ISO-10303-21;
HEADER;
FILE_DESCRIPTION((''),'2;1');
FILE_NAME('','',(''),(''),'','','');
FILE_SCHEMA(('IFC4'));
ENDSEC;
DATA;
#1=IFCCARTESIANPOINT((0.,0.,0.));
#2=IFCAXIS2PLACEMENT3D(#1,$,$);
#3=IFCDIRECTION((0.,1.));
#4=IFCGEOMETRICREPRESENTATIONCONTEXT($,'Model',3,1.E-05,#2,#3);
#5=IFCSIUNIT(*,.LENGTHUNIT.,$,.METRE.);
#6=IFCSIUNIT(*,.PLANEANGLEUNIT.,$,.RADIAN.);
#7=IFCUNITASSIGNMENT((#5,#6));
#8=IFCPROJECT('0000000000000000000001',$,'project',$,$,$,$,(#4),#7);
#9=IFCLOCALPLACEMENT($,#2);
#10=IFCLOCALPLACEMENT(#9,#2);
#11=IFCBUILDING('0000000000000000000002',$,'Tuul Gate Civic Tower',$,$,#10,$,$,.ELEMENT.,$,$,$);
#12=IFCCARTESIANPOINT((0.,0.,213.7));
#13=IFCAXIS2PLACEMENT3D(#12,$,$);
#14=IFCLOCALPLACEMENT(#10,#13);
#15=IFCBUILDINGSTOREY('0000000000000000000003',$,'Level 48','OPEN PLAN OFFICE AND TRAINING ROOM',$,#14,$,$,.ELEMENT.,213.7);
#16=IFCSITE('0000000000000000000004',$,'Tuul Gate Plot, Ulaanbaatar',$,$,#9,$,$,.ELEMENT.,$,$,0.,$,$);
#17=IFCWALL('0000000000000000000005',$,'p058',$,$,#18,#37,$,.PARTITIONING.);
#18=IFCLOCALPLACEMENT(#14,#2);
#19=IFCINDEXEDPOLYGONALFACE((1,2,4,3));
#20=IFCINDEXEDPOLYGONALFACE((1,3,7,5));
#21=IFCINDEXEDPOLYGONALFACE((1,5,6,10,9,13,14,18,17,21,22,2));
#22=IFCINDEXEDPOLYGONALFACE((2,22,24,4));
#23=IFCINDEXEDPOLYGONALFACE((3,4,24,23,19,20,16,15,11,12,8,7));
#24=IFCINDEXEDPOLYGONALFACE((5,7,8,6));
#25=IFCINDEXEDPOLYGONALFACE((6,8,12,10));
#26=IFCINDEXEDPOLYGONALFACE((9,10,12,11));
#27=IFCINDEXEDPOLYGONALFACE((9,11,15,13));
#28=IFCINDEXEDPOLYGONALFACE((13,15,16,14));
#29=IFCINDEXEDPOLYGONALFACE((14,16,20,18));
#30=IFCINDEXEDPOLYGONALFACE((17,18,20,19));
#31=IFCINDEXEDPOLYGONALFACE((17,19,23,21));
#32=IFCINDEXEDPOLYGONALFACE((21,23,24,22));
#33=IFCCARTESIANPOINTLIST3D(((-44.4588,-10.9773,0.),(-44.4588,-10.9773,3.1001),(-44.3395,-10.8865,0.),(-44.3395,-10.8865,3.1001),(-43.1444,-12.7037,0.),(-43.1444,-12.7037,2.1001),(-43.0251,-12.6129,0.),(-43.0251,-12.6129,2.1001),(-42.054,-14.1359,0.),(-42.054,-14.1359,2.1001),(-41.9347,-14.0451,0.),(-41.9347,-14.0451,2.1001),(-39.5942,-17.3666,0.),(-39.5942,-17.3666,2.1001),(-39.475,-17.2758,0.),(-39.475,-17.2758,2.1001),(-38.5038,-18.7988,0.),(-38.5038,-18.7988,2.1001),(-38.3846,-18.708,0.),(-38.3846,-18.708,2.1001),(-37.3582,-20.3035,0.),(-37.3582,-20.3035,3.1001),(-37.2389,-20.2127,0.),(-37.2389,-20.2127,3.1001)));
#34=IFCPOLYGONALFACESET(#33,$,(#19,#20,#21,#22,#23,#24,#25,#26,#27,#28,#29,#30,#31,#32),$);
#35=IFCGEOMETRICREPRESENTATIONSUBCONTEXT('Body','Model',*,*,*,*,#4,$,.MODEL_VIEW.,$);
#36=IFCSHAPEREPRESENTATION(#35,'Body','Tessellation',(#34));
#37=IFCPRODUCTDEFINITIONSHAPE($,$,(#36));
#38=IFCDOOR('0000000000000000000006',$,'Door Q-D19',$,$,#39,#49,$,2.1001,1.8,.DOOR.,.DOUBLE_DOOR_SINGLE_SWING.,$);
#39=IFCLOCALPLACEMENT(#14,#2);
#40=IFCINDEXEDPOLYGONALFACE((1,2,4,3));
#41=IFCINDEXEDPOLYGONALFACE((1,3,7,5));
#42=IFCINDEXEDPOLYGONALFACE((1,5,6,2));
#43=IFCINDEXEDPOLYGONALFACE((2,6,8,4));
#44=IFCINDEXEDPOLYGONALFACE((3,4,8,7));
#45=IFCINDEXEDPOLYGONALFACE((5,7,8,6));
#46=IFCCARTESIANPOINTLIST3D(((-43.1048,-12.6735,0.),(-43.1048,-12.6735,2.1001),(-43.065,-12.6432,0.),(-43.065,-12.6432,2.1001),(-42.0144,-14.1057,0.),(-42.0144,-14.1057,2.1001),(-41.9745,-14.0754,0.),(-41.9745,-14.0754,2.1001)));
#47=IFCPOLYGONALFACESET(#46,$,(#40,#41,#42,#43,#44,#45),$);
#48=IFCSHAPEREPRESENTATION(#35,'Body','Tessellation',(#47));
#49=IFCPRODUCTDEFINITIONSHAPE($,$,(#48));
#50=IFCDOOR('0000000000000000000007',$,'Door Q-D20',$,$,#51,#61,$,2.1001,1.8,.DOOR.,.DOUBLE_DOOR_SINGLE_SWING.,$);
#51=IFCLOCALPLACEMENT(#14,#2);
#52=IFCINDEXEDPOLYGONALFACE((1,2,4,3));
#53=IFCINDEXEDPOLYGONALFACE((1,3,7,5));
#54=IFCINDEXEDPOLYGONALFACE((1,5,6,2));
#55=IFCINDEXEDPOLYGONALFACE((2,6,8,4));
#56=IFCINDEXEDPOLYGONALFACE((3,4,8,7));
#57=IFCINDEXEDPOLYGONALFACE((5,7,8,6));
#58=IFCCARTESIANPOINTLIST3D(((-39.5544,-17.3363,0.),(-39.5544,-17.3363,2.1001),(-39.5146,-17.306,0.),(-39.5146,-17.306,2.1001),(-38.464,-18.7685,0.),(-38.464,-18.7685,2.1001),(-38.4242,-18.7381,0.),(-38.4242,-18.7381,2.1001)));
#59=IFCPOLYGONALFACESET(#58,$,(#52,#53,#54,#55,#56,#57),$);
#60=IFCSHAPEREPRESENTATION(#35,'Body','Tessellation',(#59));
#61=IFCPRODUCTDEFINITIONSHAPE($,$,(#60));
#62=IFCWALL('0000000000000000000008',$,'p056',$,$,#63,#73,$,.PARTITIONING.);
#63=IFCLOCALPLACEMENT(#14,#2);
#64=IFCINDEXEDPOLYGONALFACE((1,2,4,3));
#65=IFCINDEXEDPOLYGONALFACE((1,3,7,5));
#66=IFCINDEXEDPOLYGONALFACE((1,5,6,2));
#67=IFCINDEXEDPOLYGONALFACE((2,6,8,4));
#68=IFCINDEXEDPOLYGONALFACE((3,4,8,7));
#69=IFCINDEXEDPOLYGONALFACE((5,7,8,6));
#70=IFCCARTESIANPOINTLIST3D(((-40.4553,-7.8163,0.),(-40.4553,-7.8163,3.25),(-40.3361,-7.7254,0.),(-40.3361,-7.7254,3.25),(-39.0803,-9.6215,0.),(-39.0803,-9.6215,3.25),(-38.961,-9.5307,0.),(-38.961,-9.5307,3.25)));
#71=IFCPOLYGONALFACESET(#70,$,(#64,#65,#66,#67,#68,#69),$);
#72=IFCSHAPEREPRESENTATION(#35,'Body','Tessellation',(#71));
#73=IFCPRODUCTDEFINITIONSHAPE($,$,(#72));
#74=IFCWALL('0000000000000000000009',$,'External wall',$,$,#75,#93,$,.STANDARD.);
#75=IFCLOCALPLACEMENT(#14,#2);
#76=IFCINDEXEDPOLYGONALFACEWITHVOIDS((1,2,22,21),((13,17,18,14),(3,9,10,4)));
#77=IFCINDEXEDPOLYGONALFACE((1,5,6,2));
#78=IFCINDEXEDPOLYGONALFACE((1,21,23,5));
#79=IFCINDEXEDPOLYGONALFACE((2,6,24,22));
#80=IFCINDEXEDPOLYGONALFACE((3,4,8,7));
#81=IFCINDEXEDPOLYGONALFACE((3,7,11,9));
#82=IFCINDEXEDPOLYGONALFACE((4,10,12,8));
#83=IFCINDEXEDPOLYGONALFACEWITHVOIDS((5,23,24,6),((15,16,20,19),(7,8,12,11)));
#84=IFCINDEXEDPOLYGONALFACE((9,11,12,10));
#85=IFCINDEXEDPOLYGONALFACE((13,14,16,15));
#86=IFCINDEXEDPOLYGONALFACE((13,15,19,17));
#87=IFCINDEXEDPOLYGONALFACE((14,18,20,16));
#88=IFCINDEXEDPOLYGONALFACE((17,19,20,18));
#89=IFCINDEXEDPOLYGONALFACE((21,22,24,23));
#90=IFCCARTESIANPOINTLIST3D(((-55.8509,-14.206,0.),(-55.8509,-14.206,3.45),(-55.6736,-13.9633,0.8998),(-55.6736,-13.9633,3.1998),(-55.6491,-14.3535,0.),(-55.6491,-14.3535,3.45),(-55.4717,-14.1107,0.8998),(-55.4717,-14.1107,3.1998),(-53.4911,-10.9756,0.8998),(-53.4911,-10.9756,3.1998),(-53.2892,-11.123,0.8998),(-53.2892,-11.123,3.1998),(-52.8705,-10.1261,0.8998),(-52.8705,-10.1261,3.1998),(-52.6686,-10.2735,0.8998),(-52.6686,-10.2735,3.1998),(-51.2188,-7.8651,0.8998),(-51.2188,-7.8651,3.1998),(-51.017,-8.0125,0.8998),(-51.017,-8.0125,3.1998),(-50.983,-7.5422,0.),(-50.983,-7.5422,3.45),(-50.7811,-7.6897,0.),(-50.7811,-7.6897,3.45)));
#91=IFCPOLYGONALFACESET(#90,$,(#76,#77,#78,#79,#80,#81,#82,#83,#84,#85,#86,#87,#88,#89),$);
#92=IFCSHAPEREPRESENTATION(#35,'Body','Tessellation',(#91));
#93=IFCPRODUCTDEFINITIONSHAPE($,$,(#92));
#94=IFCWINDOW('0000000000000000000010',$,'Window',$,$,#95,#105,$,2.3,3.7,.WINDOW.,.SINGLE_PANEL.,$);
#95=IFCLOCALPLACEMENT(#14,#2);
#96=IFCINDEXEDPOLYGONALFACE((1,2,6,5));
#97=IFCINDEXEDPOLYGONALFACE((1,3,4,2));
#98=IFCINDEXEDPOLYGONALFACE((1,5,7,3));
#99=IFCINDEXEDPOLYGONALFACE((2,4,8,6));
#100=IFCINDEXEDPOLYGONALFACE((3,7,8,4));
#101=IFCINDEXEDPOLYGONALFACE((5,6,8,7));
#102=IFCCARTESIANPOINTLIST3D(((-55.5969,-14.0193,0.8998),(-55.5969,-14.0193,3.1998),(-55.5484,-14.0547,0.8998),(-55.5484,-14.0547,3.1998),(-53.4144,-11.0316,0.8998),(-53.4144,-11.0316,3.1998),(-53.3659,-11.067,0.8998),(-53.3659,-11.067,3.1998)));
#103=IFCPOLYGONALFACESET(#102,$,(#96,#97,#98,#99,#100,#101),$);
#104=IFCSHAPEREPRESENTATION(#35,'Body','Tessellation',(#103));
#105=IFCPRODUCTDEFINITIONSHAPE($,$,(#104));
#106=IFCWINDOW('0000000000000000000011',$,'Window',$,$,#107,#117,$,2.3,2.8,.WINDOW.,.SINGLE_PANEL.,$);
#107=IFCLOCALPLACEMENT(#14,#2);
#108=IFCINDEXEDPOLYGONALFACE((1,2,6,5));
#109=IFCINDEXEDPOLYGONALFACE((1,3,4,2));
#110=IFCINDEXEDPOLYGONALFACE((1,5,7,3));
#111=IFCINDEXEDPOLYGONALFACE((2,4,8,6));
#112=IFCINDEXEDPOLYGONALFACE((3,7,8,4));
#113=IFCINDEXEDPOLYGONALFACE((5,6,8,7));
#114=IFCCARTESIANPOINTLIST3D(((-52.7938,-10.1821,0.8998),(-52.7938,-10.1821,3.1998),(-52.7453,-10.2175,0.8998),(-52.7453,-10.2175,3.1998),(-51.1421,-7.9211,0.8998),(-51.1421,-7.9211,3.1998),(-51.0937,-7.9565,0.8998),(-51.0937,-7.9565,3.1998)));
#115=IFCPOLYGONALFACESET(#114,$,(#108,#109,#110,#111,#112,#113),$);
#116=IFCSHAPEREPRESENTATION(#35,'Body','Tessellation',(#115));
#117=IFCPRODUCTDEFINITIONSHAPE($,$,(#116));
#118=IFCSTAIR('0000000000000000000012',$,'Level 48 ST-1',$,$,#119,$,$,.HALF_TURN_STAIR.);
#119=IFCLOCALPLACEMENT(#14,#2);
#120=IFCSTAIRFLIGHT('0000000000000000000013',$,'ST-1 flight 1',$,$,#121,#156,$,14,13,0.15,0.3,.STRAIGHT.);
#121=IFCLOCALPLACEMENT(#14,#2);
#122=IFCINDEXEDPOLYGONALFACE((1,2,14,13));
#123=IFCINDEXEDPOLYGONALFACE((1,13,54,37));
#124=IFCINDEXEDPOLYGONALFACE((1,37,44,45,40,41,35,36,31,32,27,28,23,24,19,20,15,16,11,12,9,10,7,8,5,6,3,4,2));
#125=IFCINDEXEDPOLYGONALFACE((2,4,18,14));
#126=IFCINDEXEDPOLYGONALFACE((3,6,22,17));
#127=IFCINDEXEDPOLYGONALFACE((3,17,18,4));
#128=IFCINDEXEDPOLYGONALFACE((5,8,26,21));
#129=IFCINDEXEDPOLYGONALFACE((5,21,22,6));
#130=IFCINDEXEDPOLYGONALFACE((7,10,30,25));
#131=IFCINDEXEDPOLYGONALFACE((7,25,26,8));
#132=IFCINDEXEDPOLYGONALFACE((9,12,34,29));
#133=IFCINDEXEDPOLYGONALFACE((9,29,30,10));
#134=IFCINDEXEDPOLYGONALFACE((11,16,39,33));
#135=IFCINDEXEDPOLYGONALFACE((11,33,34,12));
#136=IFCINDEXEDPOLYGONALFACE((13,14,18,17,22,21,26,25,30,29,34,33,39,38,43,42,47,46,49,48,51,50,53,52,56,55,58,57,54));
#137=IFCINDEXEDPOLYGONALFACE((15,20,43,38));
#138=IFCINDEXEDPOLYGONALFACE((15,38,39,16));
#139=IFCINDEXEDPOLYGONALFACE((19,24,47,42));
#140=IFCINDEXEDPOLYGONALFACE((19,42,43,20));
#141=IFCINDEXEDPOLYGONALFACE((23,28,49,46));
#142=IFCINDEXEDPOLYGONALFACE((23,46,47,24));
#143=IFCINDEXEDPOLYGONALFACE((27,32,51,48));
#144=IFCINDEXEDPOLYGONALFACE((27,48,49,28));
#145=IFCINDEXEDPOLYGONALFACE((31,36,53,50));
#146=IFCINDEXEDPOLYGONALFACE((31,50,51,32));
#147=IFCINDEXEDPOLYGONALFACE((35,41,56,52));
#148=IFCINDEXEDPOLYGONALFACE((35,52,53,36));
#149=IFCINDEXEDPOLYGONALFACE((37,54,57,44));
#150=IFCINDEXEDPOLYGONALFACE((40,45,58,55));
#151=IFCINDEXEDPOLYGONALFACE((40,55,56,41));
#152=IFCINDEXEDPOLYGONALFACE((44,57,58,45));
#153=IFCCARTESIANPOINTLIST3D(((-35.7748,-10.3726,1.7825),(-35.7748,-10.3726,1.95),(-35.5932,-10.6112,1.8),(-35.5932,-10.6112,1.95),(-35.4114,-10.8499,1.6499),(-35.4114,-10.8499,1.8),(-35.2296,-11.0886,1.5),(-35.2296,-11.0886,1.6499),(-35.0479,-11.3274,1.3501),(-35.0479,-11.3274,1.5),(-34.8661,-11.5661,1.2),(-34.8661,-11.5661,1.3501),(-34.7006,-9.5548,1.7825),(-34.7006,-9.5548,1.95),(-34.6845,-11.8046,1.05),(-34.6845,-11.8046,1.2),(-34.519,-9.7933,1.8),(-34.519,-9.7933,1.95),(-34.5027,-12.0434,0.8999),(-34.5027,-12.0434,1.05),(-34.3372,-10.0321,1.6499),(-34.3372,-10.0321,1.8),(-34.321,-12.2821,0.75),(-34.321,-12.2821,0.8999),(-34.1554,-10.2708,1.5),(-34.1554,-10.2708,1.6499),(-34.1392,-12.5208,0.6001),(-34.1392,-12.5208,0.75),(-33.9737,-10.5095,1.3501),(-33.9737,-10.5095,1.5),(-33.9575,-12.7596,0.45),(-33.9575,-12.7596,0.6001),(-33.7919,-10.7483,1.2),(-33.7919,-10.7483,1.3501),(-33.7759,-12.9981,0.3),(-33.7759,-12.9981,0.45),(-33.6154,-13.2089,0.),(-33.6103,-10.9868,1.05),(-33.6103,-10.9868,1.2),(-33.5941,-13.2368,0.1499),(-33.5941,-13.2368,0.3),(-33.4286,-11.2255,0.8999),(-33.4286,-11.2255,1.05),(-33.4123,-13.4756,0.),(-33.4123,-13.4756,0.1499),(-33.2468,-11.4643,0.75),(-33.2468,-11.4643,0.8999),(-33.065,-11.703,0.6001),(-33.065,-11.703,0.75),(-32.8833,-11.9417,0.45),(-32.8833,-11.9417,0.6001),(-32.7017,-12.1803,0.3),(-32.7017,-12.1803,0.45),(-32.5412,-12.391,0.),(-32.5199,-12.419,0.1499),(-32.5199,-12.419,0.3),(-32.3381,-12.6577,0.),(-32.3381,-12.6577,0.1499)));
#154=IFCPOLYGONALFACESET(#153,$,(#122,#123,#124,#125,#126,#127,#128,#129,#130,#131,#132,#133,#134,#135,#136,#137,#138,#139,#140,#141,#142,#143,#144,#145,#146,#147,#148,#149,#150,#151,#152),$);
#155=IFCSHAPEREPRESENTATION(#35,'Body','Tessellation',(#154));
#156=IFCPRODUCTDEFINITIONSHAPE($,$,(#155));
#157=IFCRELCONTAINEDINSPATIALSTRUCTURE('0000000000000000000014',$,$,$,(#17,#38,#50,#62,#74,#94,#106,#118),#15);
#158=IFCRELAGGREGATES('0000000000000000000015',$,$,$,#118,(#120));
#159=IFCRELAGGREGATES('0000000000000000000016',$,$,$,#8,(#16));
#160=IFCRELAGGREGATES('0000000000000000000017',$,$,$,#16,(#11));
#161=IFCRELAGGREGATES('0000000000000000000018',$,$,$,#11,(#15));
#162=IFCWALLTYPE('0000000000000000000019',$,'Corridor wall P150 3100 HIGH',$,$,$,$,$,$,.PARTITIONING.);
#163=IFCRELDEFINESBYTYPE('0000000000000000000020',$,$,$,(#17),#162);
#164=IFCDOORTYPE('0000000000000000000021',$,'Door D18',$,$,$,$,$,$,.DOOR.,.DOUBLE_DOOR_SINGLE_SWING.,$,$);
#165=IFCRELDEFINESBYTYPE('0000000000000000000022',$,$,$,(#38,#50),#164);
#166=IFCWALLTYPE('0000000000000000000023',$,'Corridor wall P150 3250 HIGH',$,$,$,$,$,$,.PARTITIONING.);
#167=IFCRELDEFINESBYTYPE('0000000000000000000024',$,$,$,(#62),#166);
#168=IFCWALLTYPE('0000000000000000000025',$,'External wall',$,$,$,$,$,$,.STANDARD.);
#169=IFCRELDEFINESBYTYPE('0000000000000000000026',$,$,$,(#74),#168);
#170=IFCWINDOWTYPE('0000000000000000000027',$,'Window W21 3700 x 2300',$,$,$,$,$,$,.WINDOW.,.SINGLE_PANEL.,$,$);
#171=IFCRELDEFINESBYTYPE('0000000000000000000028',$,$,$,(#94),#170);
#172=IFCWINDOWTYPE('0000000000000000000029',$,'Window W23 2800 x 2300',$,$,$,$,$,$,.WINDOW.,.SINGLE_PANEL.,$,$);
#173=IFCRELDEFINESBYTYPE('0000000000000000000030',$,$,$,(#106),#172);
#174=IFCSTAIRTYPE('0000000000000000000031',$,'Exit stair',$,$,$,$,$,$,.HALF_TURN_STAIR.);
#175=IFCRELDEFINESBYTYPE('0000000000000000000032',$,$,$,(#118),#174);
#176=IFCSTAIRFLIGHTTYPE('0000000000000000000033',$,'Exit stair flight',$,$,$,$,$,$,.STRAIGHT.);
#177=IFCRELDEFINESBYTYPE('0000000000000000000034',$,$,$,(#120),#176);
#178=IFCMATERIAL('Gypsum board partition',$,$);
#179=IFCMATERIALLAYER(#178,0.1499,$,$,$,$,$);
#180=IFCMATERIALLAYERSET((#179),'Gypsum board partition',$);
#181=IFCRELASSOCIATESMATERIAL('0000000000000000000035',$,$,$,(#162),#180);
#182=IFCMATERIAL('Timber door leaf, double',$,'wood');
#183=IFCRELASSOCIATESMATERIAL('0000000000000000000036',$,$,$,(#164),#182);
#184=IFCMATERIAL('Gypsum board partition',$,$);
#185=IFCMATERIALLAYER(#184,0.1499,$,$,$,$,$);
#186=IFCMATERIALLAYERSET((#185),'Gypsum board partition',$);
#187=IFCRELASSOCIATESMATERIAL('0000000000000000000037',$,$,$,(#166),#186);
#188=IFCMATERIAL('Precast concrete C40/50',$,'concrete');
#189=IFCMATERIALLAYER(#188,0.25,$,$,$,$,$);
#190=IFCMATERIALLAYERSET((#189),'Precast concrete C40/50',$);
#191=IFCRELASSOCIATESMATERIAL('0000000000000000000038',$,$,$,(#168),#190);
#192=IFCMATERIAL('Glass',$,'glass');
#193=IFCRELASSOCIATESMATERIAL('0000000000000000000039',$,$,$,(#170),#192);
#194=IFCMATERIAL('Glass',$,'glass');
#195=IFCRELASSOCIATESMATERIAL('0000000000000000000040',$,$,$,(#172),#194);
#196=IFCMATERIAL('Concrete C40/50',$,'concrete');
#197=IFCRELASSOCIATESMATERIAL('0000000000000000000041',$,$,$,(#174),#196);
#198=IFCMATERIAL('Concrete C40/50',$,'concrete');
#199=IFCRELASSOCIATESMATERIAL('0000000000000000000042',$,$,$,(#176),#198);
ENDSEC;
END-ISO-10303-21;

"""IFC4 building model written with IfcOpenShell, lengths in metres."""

from ifc_helpers import new_model, si_unit, direction, frame, frame_2d, origin, place, context, subcontext, project, spatial, polyline, rectangle, outline, extrude, material, layer, layer_set, type_object, element, fill, aggregate, save


model = new_model("IFC4")

# Units and contexts
model_context = context("Model", 3, precision=1e-05, world=origin(), true_north=direction((0.0, 1.0)))
body_context = subcontext(model_context, "Body", "Model", "MODEL_VIEW")
ifc_project = project(units=[si_unit("LENGTHUNIT", "METRE"), si_unit("PLANEANGLEUNIT", "RADIAN")], contexts=[model_context])

# Site, building, storey
site_placement = place(None, origin())
site = spatial("IfcSite", under=ifc_project, at=site_placement, Name="Tuul Gate Plot, Ulaanbaatar", CompositionType="ELEMENT", RefElevation=0.0)
building_placement = place(site_placement, origin())
building = spatial("IfcBuilding", under=site, at=building_placement, Name="Tuul Gate Civic Tower", CompositionType="ELEMENT")
storey_placement = place(building_placement, frame((0.0, 0.0, 213.7)))
storey = spatial("IfcBuildingStorey", under=building, at=storey_placement, Name="Level 48", Description="OPEN PLAN OFFICE AND TRAINING ROOM", CompositionType="ELEMENT", Elevation=213.7)

# Wall, openings, doors
ifc_material_1 = material(Name="Gypsum board partition")
ifc_layer_1 = layer(ifc_material_1, 0.1499)
ifc_layer_set_1 = layer_set([ifc_layer_1], Name="Gypsum board partition")
wall_type_1 = type_object("IfcWallType", Name="Corridor wall P150 3100 HIGH", PredefinedType="PARTITIONING", material=ifc_layer_set_1)
wall_1_placement = place(storey_placement, frame((-44.3992, -10.9319, 0.0), z_axis=(0.0, 0.0, 1.0), x_axis=(0.60577, -0.79564, 0.0)))
wall_1 = element("IfcWall", 1, at=wall_1_placement, inside=storey, type_object=wall_type_1, Name="p058", PredefinedType="PARTITIONING", context=body_context, shape_type="SweptSolid", body=[
    extrude(rectangle(XDim=11.7217, YDim=0.1499, at=frame_2d((5.8608, 0.0))), origin(), (0.0, 0.0, 1.0), 3.1001),
])
opening_1_placement = place(wall_1_placement, frame((2.1699, 0.0, 0.0)))
opening_1 = element("IfcOpeningElement", 2, at=opening_1_placement, cuts=wall_1, PredefinedType="OPENING", context=body_context, shape_type="SweptSolid", body=[
    extrude(rectangle(XDim=1.8, YDim=2.1001, at=frame_2d((0.8999, 1.05))), frame((0.0, 0.085, 0.0), z_axis=(0.0, -1.0, 0.0), x_axis=(1.0, 0.0, 0.0)), (0.0, 0.0, 1.0), 0.1699),
])
opening_2_placement = place(wall_1_placement, frame((8.0305, 0.0, 0.0)))
opening_2 = element("IfcOpeningElement", 3, at=opening_2_placement, cuts=wall_1, PredefinedType="OPENING", context=body_context, shape_type="SweptSolid", body=[
    extrude(rectangle(XDim=1.8, YDim=2.1001, at=frame_2d((0.8999, 1.05))), frame((0.0, 0.085, 0.0), z_axis=(0.0, -1.0, 0.0), x_axis=(1.0, 0.0, 0.0)), (0.0, 0.0, 1.0), 0.1699),
])
ifc_material_2 = material(Name="Timber door leaf, double", Category="wood")
door_type_1 = type_object("IfcDoorType", Name="Door D18", OperationType="DOUBLE_DOOR_SINGLE_SWING", PredefinedType="DOOR", material=ifc_material_2)
door_1_placement = place(opening_1_placement, origin())
door_1 = element("IfcDoor", 4, at=door_1_placement, inside=storey, type_object=door_type_1, Name="Door Q-D19", OperationType="DOUBLE_DOOR_SINGLE_SWING", OverallHeight=2.1001, OverallWidth=1.8, PredefinedType="DOOR", context=body_context, shape_type="SweptSolid", body=[
    extrude(rectangle(XDim=1.8, YDim=2.1001, at=frame_2d((0.8999, 1.05))), frame((0.0, 0.0249, 0.0), z_axis=(0.0, -1.0, 0.0), x_axis=(1.0, 0.0, 0.0)), (0.0, 0.0, 1.0), 0.05),
])
fill(opening_1, door_1)
door_2_placement = place(opening_2_placement, frame((1.8, 0.0, 0.0), z_axis=(0.0, 0.0, 1.0), x_axis=(-1.0, 0.0, 0.0)))
door_2 = element("IfcDoor", 5, at=door_2_placement, inside=storey, type_object=door_type_1, Name="Door Q-D20", OperationType="DOUBLE_DOOR_SINGLE_SWING", OverallHeight=2.1001, OverallWidth=1.8, PredefinedType="DOOR", context=body_context, shape_type="SweptSolid", body=[
    extrude(rectangle(XDim=1.8, YDim=2.1001, at=frame_2d((0.9001, 1.05))), frame((0.0, 0.0249, 0.0), z_axis=(0.0, -1.0, 0.0), x_axis=(1.0, 0.0, 0.0)), (0.0, 0.0, 1.0), 0.05),
])
fill(opening_2, door_2)

# Wall
ifc_material_3 = material(Name="Gypsum board partition")
ifc_layer_2 = layer(ifc_material_3, 0.1499)
ifc_layer_set_2 = layer_set([ifc_layer_2], Name="Gypsum board partition")
wall_type_2 = type_object("IfcWallType", Name="Corridor wall P150 3250 HIGH", PredefinedType="PARTITIONING", material=ifc_layer_set_2)
wall_2_placement = place(storey_placement, frame((-40.3958, -7.7708, 0.0), z_axis=(0.0, 0.0, 1.0), x_axis=(0.605939, -0.795511, 0.0)))
element("IfcWall", 6, at=wall_2_placement, inside=storey, type_object=wall_type_2, Name="p056", PredefinedType="PARTITIONING", context=body_context, shape_type="SweptSolid", body=[
    extrude(rectangle(XDim=2.2693, YDim=0.1499, at=frame_2d((1.1348, 0.0))), origin(), (0.0, 0.0, 1.0), 3.25),
])

# Wall, openings, windows
ifc_material_4 = material(Name="Precast concrete C40/50", Category="concrete")
ifc_layer_3 = layer(ifc_material_4, 0.25)
ifc_layer_set_3 = layer_set([ifc_layer_3], Name="Precast concrete C40/50")
wall_type_3 = type_object("IfcWallType", Name="External wall", PredefinedType="STANDARD", material=ifc_layer_set_3)
wall_3_placement = place(storey_placement, frame((-50.8821, -7.616, 0.0), z_axis=(0.0, 0.0, 1.0), x_axis=(-0.589875, -0.807495, 0.0)))
wall_3 = element("IfcWall", 7, at=wall_3_placement, inside=storey, type_object=wall_type_3, Name="External wall", PredefinedType="STANDARD", context=body_context, shape_type="SweptSolid", body=[
    extrude(rectangle(XDim=8.2524, YDim=0.25, at=frame_2d((4.1262, 0.0))), origin(), (0.0, 0.0, 1.0), 3.45),
])
opening_3_placement = place(wall_3_placement, frame((0.3999, 0.0, 0.8999)))
opening_3 = element("IfcOpeningElement", 8, at=opening_3_placement, cuts=wall_3, PredefinedType="OPENING", context=body_context, shape_type="SweptSolid", body=[
    extrude(rectangle(XDim=2.8, YDim=2.3, at=frame_2d((1.3999, 1.1499))), frame((0.0, 0.135, 0.0), z_axis=(0.0, -1.0, 0.0), x_axis=(1.0, 0.0, 0.0)), (0.0, 0.0, 1.0), 0.27),
])
opening_4_placement = place(wall_3_placement, frame((4.2517, 0.0, 0.8999)))
opening_4 = element("IfcOpeningElement", 9, at=opening_4_placement, cuts=wall_3, PredefinedType="OPENING", context=body_context, shape_type="SweptSolid", body=[
    extrude(rectangle(XDim=3.7, YDim=2.3, at=frame_2d((1.8501, 1.1499))), frame((0.0, 0.135, 0.0), z_axis=(0.0, -1.0, 0.0), x_axis=(1.0, 0.0, 0.0)), (0.0, 0.0, 1.0), 0.27),
])
ifc_material_5 = material(Name="Glass", Category="glass")
window_type_1 = type_object("IfcWindowType", Name="Window W21 3700 x 2300", PartitioningType="SINGLE_PANEL", PredefinedType="WINDOW", material=ifc_material_5)
window_1_placement = place(opening_4_placement, origin())
window_1 = element("IfcWindow", 10, at=window_1_placement, inside=storey, type_object=window_type_1, Name="Window", OverallHeight=2.3, OverallWidth=3.7, PartitioningType="SINGLE_PANEL", PredefinedType="WINDOW", context=body_context, shape_type="SweptSolid", body=[
    extrude(rectangle(XDim=3.7, YDim=2.3, at=frame_2d((1.8501, 1.1499))), frame((0.0, 0.03, 0.0), z_axis=(0.0, -1.0, 0.0), x_axis=(1.0, 0.0, 0.0)), (0.0, 0.0, 1.0), 0.0601),
])
fill(opening_4, window_1)
ifc_material_6 = material(Name="Glass", Category="glass")
window_type_2 = type_object("IfcWindowType", Name="Window W23 2800 x 2300", PartitioningType="SINGLE_PANEL", PredefinedType="WINDOW", material=ifc_material_6)
window_2_placement = place(opening_3_placement, origin())
window_2 = element("IfcWindow", 11, at=window_2_placement, inside=storey, type_object=window_type_2, Name="Window", OverallHeight=2.3, OverallWidth=2.8, PartitioningType="SINGLE_PANEL", PredefinedType="WINDOW", context=body_context, shape_type="SweptSolid", body=[
    extrude(rectangle(XDim=2.8, YDim=2.3, at=frame_2d((1.3999, 1.1499))), frame((0.0, 0.03, 0.0), z_axis=(0.0, -1.0, 0.0), x_axis=(1.0, 0.0, 0.0)), (0.0, 0.0, 1.0), 0.0601),
])
fill(opening_3, window_2)

# Stair, stair flight
ifc_material_7 = material(Name="Concrete C40/50", Category="concrete")
stair_type = type_object("IfcStairType", Name="Exit stair", PredefinedType="HALF_TURN_STAIR", material=ifc_material_7)
stair_placement = place(storey_placement, origin())
stair = element("IfcStair", 12, at=stair_placement, inside=storey, type_object=stair_type, Name="Level 48 ST-1", PredefinedType="HALF_TURN_STAIR")
ifc_material_8 = material(Name="Concrete C40/50", Category="concrete")
stair_flight_type = type_object("IfcStairFlightType", Name="Exit stair flight", PredefinedType="STRAIGHT", material=ifc_material_8)
stair_flight_1_placement = place(storey_placement, frame((-32.8752, -13.0667, 0.0), z_axis=(0.0, 0.0, 1.0), x_axis=(-0.605764, 0.795644, 0.0)))
stair_flight_1 = element("IfcStairFlight", 13, at=stair_flight_1_placement, type_object=stair_flight_type, Name="ST-1 flight 1", NumberOfRisers=14, NumberOfTreads=13, PredefinedType="STRAIGHT", RiserHeight=0.15, TreadLength=0.3, context=body_context, shape_type="SweptSolid", body=[
    extrude(outline(polyline([(0.0, 0.0), (0.0, 0.1499), (0.3, 0.1499), (0.3, 0.3), (0.6001, 0.3), (0.6001, 0.45), (0.8999, 0.45), (0.8999, 0.6001), (1.2, 0.6001), (1.2, 0.75), (1.5, 0.75), (1.5, 0.8999), (1.8, 0.8999), (1.8, 1.05), (2.1001, 1.05), (2.1001, 1.2), (2.3999, 1.2), (2.3999, 1.3501), (2.7, 1.3501), (2.7, 1.5), (3.0, 1.5), (3.0, 1.6499), (3.3, 1.6499), (3.3, 1.8), (3.6001, 1.8), (3.6001, 1.95), (3.8999, 1.95), (3.8999, 2.1001), (3.8999, 1.7825), (0.3352, 0.0), (0.0, 0.0)])), frame((0.0, 0.675, 0.0), z_axis=(0.0, -1.0, 0.0), x_axis=(1.0, 0.0, 0.0)), (0.0, 0.0, 1.0), 1.3501),
])
aggregate(stair, [stair_flight_1])

save(model, "model.ifc")
